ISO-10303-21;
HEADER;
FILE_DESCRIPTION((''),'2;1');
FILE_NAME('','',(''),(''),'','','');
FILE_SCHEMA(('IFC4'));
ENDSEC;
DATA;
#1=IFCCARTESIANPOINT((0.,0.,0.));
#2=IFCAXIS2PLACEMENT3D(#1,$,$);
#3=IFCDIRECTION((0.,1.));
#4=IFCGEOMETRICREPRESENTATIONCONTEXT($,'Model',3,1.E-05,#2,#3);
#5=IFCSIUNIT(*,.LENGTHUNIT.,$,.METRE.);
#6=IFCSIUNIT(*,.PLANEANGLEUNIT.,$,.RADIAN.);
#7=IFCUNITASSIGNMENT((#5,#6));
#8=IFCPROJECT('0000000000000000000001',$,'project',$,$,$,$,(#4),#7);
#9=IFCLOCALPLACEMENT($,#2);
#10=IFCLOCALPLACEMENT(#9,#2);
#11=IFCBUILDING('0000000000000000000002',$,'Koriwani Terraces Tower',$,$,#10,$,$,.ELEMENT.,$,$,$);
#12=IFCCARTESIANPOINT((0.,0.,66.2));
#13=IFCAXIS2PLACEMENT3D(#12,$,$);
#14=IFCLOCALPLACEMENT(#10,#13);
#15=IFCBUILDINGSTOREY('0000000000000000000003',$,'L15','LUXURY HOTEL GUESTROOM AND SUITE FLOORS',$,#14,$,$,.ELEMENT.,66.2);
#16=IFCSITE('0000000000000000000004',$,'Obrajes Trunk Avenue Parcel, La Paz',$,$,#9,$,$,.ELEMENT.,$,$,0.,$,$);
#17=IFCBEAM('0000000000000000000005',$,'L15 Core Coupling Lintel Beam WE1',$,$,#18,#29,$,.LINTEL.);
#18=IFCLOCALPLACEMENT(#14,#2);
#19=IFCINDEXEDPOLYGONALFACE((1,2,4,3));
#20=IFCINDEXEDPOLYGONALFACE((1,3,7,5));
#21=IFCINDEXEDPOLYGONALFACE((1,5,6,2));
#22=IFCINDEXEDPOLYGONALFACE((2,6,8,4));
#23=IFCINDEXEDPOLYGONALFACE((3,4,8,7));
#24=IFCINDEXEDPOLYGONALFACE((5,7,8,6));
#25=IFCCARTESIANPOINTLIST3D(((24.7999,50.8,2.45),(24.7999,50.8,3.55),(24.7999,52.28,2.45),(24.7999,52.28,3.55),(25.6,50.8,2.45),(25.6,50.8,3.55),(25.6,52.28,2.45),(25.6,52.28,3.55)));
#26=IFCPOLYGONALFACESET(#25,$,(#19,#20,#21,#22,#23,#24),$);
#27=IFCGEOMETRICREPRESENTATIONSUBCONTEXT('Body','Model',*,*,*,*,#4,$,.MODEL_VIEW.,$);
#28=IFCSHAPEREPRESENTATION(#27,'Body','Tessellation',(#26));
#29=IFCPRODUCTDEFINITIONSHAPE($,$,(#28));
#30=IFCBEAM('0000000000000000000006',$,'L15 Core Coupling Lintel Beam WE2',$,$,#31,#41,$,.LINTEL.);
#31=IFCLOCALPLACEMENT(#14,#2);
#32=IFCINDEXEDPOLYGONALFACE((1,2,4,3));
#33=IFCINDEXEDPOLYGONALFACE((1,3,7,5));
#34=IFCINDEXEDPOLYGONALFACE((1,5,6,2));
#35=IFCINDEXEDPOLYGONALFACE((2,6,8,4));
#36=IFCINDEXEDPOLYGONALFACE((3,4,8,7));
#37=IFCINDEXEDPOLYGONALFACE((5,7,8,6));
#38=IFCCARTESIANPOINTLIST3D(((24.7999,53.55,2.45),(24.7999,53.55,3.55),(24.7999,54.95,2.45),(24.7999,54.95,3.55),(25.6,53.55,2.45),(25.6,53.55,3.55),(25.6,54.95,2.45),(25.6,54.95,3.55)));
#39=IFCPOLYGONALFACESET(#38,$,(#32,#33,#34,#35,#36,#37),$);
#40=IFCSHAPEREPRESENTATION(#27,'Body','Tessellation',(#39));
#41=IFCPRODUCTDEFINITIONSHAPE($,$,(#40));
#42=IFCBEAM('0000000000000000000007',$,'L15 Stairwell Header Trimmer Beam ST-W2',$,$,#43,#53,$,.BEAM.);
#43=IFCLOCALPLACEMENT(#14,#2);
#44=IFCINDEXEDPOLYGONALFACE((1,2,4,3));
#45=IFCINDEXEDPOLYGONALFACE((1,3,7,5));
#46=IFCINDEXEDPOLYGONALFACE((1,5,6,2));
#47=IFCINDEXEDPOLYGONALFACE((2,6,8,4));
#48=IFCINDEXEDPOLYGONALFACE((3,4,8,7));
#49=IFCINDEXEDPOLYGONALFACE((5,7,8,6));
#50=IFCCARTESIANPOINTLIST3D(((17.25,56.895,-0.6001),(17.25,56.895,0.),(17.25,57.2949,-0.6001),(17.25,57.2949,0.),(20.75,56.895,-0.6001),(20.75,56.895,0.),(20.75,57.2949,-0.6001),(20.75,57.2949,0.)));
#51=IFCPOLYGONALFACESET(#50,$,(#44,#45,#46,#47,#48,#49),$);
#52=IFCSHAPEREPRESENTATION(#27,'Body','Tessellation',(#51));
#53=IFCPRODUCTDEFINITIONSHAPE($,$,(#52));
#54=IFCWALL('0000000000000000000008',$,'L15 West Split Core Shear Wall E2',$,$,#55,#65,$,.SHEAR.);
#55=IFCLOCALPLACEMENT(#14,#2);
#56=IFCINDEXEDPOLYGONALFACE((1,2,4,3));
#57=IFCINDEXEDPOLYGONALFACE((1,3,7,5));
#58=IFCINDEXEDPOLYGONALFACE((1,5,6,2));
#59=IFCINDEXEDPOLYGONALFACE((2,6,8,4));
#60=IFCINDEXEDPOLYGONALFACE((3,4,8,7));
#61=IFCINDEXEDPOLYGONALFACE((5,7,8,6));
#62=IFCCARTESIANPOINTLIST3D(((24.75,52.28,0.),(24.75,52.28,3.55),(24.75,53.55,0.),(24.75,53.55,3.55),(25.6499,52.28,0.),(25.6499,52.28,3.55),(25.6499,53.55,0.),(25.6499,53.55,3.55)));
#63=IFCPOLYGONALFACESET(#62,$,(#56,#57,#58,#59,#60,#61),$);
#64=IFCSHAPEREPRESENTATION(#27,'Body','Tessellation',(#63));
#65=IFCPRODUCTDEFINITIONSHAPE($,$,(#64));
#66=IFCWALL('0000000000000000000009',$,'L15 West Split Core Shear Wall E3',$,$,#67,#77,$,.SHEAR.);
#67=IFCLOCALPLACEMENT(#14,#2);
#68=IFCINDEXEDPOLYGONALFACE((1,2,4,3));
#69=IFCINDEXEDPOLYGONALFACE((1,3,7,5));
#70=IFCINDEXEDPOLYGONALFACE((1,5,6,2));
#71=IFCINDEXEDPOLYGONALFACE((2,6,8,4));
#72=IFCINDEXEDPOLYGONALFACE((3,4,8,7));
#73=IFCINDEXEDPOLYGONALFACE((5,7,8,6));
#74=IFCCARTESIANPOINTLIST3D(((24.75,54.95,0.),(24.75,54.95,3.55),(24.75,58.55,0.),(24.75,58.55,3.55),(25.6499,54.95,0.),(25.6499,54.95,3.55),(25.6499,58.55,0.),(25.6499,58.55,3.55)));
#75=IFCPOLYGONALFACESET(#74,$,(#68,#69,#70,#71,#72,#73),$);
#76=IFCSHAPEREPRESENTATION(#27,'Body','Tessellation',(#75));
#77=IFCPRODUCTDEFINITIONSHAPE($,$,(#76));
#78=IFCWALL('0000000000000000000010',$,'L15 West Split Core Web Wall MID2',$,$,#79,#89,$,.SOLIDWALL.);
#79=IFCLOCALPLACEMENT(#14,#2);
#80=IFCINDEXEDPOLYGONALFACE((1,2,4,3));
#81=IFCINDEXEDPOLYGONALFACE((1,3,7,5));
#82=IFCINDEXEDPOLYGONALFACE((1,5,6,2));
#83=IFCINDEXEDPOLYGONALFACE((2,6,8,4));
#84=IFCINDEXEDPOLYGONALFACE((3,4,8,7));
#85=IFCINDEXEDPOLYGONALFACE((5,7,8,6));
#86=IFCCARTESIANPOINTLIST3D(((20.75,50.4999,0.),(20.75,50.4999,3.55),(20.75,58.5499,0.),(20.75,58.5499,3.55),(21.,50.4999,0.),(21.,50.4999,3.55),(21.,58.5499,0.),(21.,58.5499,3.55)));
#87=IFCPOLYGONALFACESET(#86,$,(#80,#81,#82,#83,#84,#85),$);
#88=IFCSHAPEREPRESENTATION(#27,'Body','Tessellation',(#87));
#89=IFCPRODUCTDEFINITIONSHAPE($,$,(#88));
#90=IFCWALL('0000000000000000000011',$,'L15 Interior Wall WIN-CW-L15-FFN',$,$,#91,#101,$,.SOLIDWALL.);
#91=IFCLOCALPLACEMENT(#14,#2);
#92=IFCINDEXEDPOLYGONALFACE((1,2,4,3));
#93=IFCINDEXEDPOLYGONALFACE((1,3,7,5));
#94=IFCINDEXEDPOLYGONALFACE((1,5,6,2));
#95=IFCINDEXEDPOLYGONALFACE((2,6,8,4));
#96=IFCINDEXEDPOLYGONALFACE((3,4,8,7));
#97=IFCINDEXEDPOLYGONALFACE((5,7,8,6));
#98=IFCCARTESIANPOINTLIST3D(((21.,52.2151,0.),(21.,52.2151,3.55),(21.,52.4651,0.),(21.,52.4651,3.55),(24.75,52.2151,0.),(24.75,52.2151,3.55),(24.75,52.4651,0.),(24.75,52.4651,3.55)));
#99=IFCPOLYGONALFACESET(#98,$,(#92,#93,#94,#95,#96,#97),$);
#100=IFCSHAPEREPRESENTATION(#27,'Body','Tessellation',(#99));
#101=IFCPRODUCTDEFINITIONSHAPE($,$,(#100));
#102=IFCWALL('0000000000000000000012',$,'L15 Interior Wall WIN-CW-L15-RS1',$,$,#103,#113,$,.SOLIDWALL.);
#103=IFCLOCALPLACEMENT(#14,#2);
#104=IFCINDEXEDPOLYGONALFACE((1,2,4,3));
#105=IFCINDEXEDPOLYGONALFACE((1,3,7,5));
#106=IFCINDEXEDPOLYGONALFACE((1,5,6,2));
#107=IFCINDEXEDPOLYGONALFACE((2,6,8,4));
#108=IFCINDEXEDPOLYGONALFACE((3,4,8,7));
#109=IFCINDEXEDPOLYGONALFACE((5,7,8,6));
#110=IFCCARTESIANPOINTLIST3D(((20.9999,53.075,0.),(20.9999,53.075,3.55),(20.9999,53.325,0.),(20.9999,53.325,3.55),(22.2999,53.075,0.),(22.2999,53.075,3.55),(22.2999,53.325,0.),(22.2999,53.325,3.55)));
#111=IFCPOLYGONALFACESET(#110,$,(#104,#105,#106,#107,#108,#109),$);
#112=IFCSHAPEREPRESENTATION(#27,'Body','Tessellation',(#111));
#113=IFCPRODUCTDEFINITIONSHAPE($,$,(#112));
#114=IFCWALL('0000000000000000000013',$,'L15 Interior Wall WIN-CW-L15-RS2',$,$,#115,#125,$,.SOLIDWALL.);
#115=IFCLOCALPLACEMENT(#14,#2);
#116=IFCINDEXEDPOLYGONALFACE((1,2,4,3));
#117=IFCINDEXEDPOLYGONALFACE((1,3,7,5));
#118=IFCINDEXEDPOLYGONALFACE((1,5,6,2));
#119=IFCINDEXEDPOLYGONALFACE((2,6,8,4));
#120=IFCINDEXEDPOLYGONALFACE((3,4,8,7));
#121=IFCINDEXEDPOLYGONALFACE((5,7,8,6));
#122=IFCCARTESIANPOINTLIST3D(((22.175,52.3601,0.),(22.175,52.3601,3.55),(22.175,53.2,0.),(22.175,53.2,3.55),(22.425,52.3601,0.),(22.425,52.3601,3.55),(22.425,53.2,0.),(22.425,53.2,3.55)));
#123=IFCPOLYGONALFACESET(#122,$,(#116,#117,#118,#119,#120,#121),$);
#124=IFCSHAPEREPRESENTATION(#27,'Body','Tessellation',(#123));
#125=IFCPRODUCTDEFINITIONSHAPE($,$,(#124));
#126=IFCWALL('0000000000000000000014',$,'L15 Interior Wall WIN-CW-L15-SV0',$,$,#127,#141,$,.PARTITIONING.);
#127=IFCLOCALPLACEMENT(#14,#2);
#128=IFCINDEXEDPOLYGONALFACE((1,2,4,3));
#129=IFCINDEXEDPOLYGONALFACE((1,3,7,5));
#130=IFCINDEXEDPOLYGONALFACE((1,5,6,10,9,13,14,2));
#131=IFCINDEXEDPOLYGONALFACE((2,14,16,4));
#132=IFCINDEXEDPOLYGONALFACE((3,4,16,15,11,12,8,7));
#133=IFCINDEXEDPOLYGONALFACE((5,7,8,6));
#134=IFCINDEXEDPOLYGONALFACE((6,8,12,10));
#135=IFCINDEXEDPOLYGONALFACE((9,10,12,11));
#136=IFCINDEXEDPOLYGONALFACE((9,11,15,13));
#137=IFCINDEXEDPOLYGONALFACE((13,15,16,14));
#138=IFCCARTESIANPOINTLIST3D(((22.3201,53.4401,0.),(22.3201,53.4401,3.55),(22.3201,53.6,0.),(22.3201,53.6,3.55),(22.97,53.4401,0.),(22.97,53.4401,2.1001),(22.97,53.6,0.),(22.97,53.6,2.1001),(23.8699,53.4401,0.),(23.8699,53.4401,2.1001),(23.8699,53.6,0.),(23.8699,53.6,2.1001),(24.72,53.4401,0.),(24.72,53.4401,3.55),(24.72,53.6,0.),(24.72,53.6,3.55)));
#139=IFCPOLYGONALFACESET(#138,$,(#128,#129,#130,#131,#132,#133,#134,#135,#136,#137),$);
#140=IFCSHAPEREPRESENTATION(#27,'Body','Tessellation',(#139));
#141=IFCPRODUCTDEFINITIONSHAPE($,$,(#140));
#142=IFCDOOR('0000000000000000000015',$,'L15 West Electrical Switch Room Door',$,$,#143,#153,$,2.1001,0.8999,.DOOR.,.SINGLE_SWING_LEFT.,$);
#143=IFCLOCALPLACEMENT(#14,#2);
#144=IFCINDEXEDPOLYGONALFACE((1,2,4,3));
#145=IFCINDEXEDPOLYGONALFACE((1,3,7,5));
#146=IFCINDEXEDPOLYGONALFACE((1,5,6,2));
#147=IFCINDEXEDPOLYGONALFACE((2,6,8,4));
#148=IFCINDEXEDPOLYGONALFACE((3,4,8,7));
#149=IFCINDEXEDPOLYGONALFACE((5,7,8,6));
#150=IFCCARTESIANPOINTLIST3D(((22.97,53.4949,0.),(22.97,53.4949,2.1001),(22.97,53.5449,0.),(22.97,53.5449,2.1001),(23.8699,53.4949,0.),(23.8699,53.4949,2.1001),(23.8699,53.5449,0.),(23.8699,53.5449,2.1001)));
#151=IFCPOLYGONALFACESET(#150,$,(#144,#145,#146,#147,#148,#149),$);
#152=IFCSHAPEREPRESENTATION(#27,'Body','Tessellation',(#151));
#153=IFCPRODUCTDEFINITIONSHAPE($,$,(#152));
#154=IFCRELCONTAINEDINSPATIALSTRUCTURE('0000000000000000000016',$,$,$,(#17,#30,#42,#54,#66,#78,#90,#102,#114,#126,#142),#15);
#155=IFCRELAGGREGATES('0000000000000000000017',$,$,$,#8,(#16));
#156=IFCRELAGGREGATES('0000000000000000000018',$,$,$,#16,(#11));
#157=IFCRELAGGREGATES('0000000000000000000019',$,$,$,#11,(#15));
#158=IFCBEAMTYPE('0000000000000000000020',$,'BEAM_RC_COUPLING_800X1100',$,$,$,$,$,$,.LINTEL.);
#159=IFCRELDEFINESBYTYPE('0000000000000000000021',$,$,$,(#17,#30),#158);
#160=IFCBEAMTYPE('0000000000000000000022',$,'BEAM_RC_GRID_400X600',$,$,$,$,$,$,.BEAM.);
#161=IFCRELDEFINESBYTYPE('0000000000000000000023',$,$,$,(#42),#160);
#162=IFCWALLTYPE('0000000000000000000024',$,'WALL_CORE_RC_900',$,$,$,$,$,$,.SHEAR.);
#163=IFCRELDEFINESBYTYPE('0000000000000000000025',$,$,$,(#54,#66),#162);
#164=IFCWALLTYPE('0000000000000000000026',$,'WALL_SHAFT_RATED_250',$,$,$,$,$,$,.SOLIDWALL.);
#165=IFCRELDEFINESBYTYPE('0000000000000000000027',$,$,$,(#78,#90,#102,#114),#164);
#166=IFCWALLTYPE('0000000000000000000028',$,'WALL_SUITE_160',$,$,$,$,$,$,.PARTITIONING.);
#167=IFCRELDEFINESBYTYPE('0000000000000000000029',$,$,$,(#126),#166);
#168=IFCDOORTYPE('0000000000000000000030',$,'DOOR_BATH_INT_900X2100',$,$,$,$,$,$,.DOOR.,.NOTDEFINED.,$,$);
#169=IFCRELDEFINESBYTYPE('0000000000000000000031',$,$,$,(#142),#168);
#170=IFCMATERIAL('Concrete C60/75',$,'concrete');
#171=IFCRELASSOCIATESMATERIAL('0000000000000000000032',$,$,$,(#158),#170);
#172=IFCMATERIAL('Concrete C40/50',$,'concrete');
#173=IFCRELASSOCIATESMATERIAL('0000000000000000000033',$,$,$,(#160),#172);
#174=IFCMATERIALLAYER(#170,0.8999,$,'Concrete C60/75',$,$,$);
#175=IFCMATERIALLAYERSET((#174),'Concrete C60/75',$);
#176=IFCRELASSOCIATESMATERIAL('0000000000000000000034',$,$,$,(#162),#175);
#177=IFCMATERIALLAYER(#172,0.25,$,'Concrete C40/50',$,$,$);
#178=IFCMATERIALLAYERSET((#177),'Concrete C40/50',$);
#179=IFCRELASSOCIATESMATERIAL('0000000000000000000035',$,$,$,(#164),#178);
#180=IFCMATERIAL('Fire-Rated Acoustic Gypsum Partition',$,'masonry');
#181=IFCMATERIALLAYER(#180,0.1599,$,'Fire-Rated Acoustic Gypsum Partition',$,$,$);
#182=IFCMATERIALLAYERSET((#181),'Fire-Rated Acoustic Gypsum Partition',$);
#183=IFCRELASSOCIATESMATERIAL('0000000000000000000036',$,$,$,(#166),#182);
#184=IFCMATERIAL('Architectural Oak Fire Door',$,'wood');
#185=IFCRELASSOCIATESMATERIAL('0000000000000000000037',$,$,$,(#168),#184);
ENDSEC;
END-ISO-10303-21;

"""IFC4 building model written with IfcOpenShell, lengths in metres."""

from ifc_helpers import new_model, si_unit, direction, frame, frame_2d, origin, origin_2d, place, context, subcontext, project, spatial, rectangle, extrude, material, layer, layer_set, material_profile, profile_set, type_object, element, fill, save


model = new_model("IFC4")

# Units and contexts
model_context = context("Model", 3, precision=1e-05, world=origin(), true_north=direction((0.0, 1.0)))
body_context = subcontext(model_context, "Body", "Model", "MODEL_VIEW")
ifc_project = project(units=[si_unit("LENGTHUNIT", "METRE"), si_unit("PLANEANGLEUNIT", "RADIAN")], contexts=[model_context])

# Site, building, storey
site_placement = place(None, origin())
site = spatial("IfcSite", under=ifc_project, at=site_placement, Name="Obrajes Trunk Avenue Parcel, La Paz", CompositionType="ELEMENT", RefElevation=0.0)
building_placement = place(site_placement, origin())
building = spatial("IfcBuilding", under=site, at=building_placement, Name="Koriwani Terraces Tower", CompositionType="ELEMENT")
storey_placement = place(building_placement, frame((0.0, 0.0, 66.2)))
storey = spatial("IfcBuildingStorey", under=building, at=storey_placement, Name="L15", Description="LUXURY HOTEL GUESTROOM AND SUITE FLOORS", CompositionType="ELEMENT", Elevation=66.2)

# Beams
ifc_material_1 = material(Name="Concrete C60/75", Category="concrete")
ifc_material_profile_1 = material_profile(ifc_material_1, rectangle(XDim=0.8, YDim=1.1001, at=origin_2d()), Name="Concrete C60/75", Category="LoadBearing")
ifc_profile_set_1 = profile_set([ifc_material_profile_1], Name="Concrete C60/75")
beam_type_1 = type_object("IfcBeamType", Name="BEAM_RC_COUPLING_800X1100", PredefinedType="LINTEL", material=ifc_profile_set_1)
beam_1_placement = place(storey_placement, frame((25.2, 50.8, 3.0), z_axis=(0.0, 1.0, 0.0), x_axis=(-1.0, 0.0, 0.0)))
element("IfcBeam", 1, at=beam_1_placement, inside=storey, type_object=beam_type_1, Name="L15 Core Coupling Lintel Beam WE1", PredefinedType="LINTEL", context=body_context, shape_type="SweptSolid", body=[
    extrude(rectangle(XDim=0.8, YDim=1.1001, at=origin_2d()), origin(), (0.0, 0.0, 1.0), 1.48),
])
beam_2_placement = place(storey_placement, frame((25.2, 53.55, 3.0), z_axis=(0.0, 1.0, 0.0), x_axis=(-1.0, 0.0, 0.0)))
element("IfcBeam", 2, at=beam_2_placement, inside=storey, type_object=beam_type_1, Name="L15 Core Coupling Lintel Beam WE2", PredefinedType="LINTEL", context=body_context, shape_type="SweptSolid", body=[
    extrude(rectangle(XDim=0.8, YDim=1.1001, at=origin_2d()), origin(), (0.0, 0.0, 1.0), 1.3999),
])
ifc_material_2 = material(Name="Concrete C40/50", Category="concrete")
ifc_material_profile_2 = material_profile(ifc_material_2, rectangle(XDim=0.3999, YDim=0.6001, at=origin_2d()), Name="Concrete C40/50", Category="LoadBearing")
ifc_profile_set_2 = profile_set([ifc_material_profile_2], Name="Concrete C40/50")
beam_type_2 = type_object("IfcBeamType", Name="BEAM_RC_GRID_400X600", PredefinedType="BEAM", material=ifc_profile_set_2)
beam_3_placement = place(storey_placement, frame((17.25, 57.095, -0.3), z_axis=(1.0, 0.0, 0.0), x_axis=(0.0, 1.0, 0.0)))
element("IfcBeam", 3, at=beam_3_placement, inside=storey, type_object=beam_type_2, Name="L15 Stairwell Header Trimmer Beam ST-W2", PredefinedType="BEAM", context=body_context, shape_type="SweptSolid", body=[
    extrude(rectangle(XDim=0.3999, YDim=0.6001, at=origin_2d()), origin(), (0.0, 0.0, 1.0), 3.5),
])

# Walls
ifc_layer_1 = layer(ifc_material_1, 0.8999, Name="Concrete C60/75")
ifc_layer_set_1 = layer_set([ifc_layer_1], Name="Concrete C60/75")
wall_type_1 = type_object("IfcWallType", Name="WALL_CORE_RC_900", PredefinedType="SHEAR", material=ifc_layer_set_1)
wall_1_placement = place(storey_placement, frame((25.2, 52.28, 0.0), z_axis=(0.0, 0.0, 1.0), x_axis=(0.0, 1.0, 0.0)))
element("IfcWall", 4, at=wall_1_placement, inside=storey, type_object=wall_type_1, Name="L15 West Split Core Shear Wall E2", PredefinedType="SHEAR", context=body_context, shape_type="SweptSolid", body=[
    extrude(rectangle(XDim=1.27, YDim=0.8999, at=frame_2d((0.635, 0.0))), origin(), (0.0, 0.0, 1.0), 3.55),
])
wall_2_placement = place(storey_placement, frame((25.2, 54.95, 0.0), z_axis=(0.0, 0.0, 1.0), x_axis=(0.0, 1.0, 0.0)))
element("IfcWall", 5, at=wall_2_placement, inside=storey, type_object=wall_type_1, Name="L15 West Split Core Shear Wall E3", PredefinedType="SHEAR", context=body_context, shape_type="SweptSolid", body=[
    extrude(rectangle(XDim=3.6001, YDim=0.8999, at=frame_2d((1.8, 0.0))), origin(), (0.0, 0.0, 1.0), 3.55),
])
ifc_layer_2 = layer(ifc_material_2, 0.25, Name="Concrete C40/50")
ifc_layer_set_2 = layer_set([ifc_layer_2], Name="Concrete C40/50")
wall_type_2 = type_object("IfcWallType", Name="WALL_SHAFT_RATED_250", PredefinedType="SOLIDWALL", material=ifc_layer_set_2)
wall_3_placement = place(storey_placement, frame((20.875, 50.5, 0.0), z_axis=(0.0, 0.0, 1.0), x_axis=(0.0, 1.0, 0.0)))
element("IfcWall", 6, at=wall_3_placement, inside=storey, type_object=wall_type_2, Name="L15 West Split Core Web Wall MID2", PredefinedType="SOLIDWALL", context=body_context, shape_type="SweptSolid", body=[
    extrude(rectangle(XDim=8.05, YDim=0.25, at=frame_2d((4.0249, 0.0))), origin(), (0.0, 0.0, 1.0), 3.55),
])

# Wall
wall_4_placement = place(storey_placement, frame((21.0, 52.3401, 0.0), z_axis=(0.0, 0.0, 1.0), x_axis=(1.0, 0.0, 0.0)))
element("IfcWall", 7, at=wall_4_placement, inside=storey, type_object=wall_type_2, Name="L15 Interior Wall WIN-CW-L15-FFN", PredefinedType="SOLIDWALL", context=body_context, shape_type="SweptSolid", body=[
    extrude(rectangle(XDim=3.75, YDim=0.25, at=frame_2d((1.875, 0.0))), origin(), (0.0, 0.0, 1.0), 3.55),
])

# Walls
wall_5_placement = place(storey_placement, frame((21.0, 53.2, 0.0), z_axis=(0.0, 0.0, 1.0), x_axis=(1.0, 0.0, 0.0)))
element("IfcWall", 8, at=wall_5_placement, inside=storey, type_object=wall_type_2, Name="L15 Interior Wall WIN-CW-L15-RS1", PredefinedType="SOLIDWALL", context=body_context, shape_type="SweptSolid", body=[
    extrude(rectangle(XDim=1.3, YDim=0.25, at=frame_2d((0.6499, 0.0))), origin(), (0.0, 0.0, 1.0), 3.55),
])
wall_6_placement = place(storey_placement, frame((22.3, 52.3601, 0.0), z_axis=(0.0, 0.0, 1.0), x_axis=(0.0, 1.0, 0.0)))
element("IfcWall", 9, at=wall_6_placement, inside=storey, type_object=wall_type_2, Name="L15 Interior Wall WIN-CW-L15-RS2", PredefinedType="SOLIDWALL", context=body_context, shape_type="SweptSolid", body=[
    extrude(rectangle(XDim=0.8398, YDim=0.25, at=frame_2d((0.4199, 0.0))), origin(), (0.0, 0.0, 1.0), 3.55),
])

# Wall, opening, door
ifc_material_3 = material(Name="Fire-Rated Acoustic Gypsum Partition", Category="masonry")
ifc_layer_3 = layer(ifc_material_3, 0.1599, Name="Fire-Rated Acoustic Gypsum Partition")
ifc_layer_set_3 = layer_set([ifc_layer_3], Name="Fire-Rated Acoustic Gypsum Partition")
wall_type_3 = type_object("IfcWallType", Name="WALL_SUITE_160", PredefinedType="PARTITIONING", material=ifc_layer_set_3)
wall_7_placement = place(storey_placement, frame((22.3201, 53.52, 0.0), z_axis=(0.0, 0.0, 1.0), x_axis=(1.0, 0.0, 0.0)))
wall_7 = element("IfcWall", 10, at=wall_7_placement, inside=storey, type_object=wall_type_3, Name="L15 Interior Wall WIN-CW-L15-SV0", PredefinedType="PARTITIONING", context=body_context, shape_type="SweptSolid", body=[
    extrude(rectangle(XDim=2.3999, YDim=0.1599, at=frame_2d((1.2, 0.0))), origin(), (0.0, 0.0, 1.0), 3.55),
])
opening_1_placement = place(wall_7_placement, frame((0.6499, 0.0, 0.0)))
opening_1 = element("IfcOpeningElement", 11, at=opening_1_placement, cuts=wall_7, PredefinedType="OPENING", context=body_context, shape_type="SweptSolid", body=[
    extrude(rectangle(XDim=0.8999, YDim=2.1001, at=frame_2d((0.45, 1.05))), frame((0.0, 0.0898, 0.0), z_axis=(0.0, -1.0, 0.0), x_axis=(1.0, 0.0, 0.0)), (0.0, 0.0, 1.0), 0.1799),
])
ifc_material_4 = material(Name="Architectural Oak Fire Door", Category="wood")
door_type_1 = type_object("IfcDoorType", Name="DOOR_BATH_INT_900X2100", OperationType="NOTDEFINED", PredefinedType="DOOR", material=ifc_material_4)
door_1_placement = place(opening_1_placement, origin())
door_1 = element("IfcDoor", 12, at=door_1_placement, inside=storey, type_object=door_type_1, Name="L15 West Electrical Switch Room Door", OperationType="SINGLE_SWING_LEFT", OverallHeight=2.1001, OverallWidth=0.8999, PredefinedType="DOOR", context=body_context, shape_type="SweptSolid", body=[
    extrude(rectangle(XDim=0.8999, YDim=2.1001, at=frame_2d((0.45, 1.05))), frame((0.0, 0.0249, 0.0), z_axis=(0.0, -1.0, 0.0), x_axis=(1.0, 0.0, 0.0)), (0.0, 0.0, 1.0), 0.05),
])
fill(opening_1, door_1)

save(model, "model.ifc")
